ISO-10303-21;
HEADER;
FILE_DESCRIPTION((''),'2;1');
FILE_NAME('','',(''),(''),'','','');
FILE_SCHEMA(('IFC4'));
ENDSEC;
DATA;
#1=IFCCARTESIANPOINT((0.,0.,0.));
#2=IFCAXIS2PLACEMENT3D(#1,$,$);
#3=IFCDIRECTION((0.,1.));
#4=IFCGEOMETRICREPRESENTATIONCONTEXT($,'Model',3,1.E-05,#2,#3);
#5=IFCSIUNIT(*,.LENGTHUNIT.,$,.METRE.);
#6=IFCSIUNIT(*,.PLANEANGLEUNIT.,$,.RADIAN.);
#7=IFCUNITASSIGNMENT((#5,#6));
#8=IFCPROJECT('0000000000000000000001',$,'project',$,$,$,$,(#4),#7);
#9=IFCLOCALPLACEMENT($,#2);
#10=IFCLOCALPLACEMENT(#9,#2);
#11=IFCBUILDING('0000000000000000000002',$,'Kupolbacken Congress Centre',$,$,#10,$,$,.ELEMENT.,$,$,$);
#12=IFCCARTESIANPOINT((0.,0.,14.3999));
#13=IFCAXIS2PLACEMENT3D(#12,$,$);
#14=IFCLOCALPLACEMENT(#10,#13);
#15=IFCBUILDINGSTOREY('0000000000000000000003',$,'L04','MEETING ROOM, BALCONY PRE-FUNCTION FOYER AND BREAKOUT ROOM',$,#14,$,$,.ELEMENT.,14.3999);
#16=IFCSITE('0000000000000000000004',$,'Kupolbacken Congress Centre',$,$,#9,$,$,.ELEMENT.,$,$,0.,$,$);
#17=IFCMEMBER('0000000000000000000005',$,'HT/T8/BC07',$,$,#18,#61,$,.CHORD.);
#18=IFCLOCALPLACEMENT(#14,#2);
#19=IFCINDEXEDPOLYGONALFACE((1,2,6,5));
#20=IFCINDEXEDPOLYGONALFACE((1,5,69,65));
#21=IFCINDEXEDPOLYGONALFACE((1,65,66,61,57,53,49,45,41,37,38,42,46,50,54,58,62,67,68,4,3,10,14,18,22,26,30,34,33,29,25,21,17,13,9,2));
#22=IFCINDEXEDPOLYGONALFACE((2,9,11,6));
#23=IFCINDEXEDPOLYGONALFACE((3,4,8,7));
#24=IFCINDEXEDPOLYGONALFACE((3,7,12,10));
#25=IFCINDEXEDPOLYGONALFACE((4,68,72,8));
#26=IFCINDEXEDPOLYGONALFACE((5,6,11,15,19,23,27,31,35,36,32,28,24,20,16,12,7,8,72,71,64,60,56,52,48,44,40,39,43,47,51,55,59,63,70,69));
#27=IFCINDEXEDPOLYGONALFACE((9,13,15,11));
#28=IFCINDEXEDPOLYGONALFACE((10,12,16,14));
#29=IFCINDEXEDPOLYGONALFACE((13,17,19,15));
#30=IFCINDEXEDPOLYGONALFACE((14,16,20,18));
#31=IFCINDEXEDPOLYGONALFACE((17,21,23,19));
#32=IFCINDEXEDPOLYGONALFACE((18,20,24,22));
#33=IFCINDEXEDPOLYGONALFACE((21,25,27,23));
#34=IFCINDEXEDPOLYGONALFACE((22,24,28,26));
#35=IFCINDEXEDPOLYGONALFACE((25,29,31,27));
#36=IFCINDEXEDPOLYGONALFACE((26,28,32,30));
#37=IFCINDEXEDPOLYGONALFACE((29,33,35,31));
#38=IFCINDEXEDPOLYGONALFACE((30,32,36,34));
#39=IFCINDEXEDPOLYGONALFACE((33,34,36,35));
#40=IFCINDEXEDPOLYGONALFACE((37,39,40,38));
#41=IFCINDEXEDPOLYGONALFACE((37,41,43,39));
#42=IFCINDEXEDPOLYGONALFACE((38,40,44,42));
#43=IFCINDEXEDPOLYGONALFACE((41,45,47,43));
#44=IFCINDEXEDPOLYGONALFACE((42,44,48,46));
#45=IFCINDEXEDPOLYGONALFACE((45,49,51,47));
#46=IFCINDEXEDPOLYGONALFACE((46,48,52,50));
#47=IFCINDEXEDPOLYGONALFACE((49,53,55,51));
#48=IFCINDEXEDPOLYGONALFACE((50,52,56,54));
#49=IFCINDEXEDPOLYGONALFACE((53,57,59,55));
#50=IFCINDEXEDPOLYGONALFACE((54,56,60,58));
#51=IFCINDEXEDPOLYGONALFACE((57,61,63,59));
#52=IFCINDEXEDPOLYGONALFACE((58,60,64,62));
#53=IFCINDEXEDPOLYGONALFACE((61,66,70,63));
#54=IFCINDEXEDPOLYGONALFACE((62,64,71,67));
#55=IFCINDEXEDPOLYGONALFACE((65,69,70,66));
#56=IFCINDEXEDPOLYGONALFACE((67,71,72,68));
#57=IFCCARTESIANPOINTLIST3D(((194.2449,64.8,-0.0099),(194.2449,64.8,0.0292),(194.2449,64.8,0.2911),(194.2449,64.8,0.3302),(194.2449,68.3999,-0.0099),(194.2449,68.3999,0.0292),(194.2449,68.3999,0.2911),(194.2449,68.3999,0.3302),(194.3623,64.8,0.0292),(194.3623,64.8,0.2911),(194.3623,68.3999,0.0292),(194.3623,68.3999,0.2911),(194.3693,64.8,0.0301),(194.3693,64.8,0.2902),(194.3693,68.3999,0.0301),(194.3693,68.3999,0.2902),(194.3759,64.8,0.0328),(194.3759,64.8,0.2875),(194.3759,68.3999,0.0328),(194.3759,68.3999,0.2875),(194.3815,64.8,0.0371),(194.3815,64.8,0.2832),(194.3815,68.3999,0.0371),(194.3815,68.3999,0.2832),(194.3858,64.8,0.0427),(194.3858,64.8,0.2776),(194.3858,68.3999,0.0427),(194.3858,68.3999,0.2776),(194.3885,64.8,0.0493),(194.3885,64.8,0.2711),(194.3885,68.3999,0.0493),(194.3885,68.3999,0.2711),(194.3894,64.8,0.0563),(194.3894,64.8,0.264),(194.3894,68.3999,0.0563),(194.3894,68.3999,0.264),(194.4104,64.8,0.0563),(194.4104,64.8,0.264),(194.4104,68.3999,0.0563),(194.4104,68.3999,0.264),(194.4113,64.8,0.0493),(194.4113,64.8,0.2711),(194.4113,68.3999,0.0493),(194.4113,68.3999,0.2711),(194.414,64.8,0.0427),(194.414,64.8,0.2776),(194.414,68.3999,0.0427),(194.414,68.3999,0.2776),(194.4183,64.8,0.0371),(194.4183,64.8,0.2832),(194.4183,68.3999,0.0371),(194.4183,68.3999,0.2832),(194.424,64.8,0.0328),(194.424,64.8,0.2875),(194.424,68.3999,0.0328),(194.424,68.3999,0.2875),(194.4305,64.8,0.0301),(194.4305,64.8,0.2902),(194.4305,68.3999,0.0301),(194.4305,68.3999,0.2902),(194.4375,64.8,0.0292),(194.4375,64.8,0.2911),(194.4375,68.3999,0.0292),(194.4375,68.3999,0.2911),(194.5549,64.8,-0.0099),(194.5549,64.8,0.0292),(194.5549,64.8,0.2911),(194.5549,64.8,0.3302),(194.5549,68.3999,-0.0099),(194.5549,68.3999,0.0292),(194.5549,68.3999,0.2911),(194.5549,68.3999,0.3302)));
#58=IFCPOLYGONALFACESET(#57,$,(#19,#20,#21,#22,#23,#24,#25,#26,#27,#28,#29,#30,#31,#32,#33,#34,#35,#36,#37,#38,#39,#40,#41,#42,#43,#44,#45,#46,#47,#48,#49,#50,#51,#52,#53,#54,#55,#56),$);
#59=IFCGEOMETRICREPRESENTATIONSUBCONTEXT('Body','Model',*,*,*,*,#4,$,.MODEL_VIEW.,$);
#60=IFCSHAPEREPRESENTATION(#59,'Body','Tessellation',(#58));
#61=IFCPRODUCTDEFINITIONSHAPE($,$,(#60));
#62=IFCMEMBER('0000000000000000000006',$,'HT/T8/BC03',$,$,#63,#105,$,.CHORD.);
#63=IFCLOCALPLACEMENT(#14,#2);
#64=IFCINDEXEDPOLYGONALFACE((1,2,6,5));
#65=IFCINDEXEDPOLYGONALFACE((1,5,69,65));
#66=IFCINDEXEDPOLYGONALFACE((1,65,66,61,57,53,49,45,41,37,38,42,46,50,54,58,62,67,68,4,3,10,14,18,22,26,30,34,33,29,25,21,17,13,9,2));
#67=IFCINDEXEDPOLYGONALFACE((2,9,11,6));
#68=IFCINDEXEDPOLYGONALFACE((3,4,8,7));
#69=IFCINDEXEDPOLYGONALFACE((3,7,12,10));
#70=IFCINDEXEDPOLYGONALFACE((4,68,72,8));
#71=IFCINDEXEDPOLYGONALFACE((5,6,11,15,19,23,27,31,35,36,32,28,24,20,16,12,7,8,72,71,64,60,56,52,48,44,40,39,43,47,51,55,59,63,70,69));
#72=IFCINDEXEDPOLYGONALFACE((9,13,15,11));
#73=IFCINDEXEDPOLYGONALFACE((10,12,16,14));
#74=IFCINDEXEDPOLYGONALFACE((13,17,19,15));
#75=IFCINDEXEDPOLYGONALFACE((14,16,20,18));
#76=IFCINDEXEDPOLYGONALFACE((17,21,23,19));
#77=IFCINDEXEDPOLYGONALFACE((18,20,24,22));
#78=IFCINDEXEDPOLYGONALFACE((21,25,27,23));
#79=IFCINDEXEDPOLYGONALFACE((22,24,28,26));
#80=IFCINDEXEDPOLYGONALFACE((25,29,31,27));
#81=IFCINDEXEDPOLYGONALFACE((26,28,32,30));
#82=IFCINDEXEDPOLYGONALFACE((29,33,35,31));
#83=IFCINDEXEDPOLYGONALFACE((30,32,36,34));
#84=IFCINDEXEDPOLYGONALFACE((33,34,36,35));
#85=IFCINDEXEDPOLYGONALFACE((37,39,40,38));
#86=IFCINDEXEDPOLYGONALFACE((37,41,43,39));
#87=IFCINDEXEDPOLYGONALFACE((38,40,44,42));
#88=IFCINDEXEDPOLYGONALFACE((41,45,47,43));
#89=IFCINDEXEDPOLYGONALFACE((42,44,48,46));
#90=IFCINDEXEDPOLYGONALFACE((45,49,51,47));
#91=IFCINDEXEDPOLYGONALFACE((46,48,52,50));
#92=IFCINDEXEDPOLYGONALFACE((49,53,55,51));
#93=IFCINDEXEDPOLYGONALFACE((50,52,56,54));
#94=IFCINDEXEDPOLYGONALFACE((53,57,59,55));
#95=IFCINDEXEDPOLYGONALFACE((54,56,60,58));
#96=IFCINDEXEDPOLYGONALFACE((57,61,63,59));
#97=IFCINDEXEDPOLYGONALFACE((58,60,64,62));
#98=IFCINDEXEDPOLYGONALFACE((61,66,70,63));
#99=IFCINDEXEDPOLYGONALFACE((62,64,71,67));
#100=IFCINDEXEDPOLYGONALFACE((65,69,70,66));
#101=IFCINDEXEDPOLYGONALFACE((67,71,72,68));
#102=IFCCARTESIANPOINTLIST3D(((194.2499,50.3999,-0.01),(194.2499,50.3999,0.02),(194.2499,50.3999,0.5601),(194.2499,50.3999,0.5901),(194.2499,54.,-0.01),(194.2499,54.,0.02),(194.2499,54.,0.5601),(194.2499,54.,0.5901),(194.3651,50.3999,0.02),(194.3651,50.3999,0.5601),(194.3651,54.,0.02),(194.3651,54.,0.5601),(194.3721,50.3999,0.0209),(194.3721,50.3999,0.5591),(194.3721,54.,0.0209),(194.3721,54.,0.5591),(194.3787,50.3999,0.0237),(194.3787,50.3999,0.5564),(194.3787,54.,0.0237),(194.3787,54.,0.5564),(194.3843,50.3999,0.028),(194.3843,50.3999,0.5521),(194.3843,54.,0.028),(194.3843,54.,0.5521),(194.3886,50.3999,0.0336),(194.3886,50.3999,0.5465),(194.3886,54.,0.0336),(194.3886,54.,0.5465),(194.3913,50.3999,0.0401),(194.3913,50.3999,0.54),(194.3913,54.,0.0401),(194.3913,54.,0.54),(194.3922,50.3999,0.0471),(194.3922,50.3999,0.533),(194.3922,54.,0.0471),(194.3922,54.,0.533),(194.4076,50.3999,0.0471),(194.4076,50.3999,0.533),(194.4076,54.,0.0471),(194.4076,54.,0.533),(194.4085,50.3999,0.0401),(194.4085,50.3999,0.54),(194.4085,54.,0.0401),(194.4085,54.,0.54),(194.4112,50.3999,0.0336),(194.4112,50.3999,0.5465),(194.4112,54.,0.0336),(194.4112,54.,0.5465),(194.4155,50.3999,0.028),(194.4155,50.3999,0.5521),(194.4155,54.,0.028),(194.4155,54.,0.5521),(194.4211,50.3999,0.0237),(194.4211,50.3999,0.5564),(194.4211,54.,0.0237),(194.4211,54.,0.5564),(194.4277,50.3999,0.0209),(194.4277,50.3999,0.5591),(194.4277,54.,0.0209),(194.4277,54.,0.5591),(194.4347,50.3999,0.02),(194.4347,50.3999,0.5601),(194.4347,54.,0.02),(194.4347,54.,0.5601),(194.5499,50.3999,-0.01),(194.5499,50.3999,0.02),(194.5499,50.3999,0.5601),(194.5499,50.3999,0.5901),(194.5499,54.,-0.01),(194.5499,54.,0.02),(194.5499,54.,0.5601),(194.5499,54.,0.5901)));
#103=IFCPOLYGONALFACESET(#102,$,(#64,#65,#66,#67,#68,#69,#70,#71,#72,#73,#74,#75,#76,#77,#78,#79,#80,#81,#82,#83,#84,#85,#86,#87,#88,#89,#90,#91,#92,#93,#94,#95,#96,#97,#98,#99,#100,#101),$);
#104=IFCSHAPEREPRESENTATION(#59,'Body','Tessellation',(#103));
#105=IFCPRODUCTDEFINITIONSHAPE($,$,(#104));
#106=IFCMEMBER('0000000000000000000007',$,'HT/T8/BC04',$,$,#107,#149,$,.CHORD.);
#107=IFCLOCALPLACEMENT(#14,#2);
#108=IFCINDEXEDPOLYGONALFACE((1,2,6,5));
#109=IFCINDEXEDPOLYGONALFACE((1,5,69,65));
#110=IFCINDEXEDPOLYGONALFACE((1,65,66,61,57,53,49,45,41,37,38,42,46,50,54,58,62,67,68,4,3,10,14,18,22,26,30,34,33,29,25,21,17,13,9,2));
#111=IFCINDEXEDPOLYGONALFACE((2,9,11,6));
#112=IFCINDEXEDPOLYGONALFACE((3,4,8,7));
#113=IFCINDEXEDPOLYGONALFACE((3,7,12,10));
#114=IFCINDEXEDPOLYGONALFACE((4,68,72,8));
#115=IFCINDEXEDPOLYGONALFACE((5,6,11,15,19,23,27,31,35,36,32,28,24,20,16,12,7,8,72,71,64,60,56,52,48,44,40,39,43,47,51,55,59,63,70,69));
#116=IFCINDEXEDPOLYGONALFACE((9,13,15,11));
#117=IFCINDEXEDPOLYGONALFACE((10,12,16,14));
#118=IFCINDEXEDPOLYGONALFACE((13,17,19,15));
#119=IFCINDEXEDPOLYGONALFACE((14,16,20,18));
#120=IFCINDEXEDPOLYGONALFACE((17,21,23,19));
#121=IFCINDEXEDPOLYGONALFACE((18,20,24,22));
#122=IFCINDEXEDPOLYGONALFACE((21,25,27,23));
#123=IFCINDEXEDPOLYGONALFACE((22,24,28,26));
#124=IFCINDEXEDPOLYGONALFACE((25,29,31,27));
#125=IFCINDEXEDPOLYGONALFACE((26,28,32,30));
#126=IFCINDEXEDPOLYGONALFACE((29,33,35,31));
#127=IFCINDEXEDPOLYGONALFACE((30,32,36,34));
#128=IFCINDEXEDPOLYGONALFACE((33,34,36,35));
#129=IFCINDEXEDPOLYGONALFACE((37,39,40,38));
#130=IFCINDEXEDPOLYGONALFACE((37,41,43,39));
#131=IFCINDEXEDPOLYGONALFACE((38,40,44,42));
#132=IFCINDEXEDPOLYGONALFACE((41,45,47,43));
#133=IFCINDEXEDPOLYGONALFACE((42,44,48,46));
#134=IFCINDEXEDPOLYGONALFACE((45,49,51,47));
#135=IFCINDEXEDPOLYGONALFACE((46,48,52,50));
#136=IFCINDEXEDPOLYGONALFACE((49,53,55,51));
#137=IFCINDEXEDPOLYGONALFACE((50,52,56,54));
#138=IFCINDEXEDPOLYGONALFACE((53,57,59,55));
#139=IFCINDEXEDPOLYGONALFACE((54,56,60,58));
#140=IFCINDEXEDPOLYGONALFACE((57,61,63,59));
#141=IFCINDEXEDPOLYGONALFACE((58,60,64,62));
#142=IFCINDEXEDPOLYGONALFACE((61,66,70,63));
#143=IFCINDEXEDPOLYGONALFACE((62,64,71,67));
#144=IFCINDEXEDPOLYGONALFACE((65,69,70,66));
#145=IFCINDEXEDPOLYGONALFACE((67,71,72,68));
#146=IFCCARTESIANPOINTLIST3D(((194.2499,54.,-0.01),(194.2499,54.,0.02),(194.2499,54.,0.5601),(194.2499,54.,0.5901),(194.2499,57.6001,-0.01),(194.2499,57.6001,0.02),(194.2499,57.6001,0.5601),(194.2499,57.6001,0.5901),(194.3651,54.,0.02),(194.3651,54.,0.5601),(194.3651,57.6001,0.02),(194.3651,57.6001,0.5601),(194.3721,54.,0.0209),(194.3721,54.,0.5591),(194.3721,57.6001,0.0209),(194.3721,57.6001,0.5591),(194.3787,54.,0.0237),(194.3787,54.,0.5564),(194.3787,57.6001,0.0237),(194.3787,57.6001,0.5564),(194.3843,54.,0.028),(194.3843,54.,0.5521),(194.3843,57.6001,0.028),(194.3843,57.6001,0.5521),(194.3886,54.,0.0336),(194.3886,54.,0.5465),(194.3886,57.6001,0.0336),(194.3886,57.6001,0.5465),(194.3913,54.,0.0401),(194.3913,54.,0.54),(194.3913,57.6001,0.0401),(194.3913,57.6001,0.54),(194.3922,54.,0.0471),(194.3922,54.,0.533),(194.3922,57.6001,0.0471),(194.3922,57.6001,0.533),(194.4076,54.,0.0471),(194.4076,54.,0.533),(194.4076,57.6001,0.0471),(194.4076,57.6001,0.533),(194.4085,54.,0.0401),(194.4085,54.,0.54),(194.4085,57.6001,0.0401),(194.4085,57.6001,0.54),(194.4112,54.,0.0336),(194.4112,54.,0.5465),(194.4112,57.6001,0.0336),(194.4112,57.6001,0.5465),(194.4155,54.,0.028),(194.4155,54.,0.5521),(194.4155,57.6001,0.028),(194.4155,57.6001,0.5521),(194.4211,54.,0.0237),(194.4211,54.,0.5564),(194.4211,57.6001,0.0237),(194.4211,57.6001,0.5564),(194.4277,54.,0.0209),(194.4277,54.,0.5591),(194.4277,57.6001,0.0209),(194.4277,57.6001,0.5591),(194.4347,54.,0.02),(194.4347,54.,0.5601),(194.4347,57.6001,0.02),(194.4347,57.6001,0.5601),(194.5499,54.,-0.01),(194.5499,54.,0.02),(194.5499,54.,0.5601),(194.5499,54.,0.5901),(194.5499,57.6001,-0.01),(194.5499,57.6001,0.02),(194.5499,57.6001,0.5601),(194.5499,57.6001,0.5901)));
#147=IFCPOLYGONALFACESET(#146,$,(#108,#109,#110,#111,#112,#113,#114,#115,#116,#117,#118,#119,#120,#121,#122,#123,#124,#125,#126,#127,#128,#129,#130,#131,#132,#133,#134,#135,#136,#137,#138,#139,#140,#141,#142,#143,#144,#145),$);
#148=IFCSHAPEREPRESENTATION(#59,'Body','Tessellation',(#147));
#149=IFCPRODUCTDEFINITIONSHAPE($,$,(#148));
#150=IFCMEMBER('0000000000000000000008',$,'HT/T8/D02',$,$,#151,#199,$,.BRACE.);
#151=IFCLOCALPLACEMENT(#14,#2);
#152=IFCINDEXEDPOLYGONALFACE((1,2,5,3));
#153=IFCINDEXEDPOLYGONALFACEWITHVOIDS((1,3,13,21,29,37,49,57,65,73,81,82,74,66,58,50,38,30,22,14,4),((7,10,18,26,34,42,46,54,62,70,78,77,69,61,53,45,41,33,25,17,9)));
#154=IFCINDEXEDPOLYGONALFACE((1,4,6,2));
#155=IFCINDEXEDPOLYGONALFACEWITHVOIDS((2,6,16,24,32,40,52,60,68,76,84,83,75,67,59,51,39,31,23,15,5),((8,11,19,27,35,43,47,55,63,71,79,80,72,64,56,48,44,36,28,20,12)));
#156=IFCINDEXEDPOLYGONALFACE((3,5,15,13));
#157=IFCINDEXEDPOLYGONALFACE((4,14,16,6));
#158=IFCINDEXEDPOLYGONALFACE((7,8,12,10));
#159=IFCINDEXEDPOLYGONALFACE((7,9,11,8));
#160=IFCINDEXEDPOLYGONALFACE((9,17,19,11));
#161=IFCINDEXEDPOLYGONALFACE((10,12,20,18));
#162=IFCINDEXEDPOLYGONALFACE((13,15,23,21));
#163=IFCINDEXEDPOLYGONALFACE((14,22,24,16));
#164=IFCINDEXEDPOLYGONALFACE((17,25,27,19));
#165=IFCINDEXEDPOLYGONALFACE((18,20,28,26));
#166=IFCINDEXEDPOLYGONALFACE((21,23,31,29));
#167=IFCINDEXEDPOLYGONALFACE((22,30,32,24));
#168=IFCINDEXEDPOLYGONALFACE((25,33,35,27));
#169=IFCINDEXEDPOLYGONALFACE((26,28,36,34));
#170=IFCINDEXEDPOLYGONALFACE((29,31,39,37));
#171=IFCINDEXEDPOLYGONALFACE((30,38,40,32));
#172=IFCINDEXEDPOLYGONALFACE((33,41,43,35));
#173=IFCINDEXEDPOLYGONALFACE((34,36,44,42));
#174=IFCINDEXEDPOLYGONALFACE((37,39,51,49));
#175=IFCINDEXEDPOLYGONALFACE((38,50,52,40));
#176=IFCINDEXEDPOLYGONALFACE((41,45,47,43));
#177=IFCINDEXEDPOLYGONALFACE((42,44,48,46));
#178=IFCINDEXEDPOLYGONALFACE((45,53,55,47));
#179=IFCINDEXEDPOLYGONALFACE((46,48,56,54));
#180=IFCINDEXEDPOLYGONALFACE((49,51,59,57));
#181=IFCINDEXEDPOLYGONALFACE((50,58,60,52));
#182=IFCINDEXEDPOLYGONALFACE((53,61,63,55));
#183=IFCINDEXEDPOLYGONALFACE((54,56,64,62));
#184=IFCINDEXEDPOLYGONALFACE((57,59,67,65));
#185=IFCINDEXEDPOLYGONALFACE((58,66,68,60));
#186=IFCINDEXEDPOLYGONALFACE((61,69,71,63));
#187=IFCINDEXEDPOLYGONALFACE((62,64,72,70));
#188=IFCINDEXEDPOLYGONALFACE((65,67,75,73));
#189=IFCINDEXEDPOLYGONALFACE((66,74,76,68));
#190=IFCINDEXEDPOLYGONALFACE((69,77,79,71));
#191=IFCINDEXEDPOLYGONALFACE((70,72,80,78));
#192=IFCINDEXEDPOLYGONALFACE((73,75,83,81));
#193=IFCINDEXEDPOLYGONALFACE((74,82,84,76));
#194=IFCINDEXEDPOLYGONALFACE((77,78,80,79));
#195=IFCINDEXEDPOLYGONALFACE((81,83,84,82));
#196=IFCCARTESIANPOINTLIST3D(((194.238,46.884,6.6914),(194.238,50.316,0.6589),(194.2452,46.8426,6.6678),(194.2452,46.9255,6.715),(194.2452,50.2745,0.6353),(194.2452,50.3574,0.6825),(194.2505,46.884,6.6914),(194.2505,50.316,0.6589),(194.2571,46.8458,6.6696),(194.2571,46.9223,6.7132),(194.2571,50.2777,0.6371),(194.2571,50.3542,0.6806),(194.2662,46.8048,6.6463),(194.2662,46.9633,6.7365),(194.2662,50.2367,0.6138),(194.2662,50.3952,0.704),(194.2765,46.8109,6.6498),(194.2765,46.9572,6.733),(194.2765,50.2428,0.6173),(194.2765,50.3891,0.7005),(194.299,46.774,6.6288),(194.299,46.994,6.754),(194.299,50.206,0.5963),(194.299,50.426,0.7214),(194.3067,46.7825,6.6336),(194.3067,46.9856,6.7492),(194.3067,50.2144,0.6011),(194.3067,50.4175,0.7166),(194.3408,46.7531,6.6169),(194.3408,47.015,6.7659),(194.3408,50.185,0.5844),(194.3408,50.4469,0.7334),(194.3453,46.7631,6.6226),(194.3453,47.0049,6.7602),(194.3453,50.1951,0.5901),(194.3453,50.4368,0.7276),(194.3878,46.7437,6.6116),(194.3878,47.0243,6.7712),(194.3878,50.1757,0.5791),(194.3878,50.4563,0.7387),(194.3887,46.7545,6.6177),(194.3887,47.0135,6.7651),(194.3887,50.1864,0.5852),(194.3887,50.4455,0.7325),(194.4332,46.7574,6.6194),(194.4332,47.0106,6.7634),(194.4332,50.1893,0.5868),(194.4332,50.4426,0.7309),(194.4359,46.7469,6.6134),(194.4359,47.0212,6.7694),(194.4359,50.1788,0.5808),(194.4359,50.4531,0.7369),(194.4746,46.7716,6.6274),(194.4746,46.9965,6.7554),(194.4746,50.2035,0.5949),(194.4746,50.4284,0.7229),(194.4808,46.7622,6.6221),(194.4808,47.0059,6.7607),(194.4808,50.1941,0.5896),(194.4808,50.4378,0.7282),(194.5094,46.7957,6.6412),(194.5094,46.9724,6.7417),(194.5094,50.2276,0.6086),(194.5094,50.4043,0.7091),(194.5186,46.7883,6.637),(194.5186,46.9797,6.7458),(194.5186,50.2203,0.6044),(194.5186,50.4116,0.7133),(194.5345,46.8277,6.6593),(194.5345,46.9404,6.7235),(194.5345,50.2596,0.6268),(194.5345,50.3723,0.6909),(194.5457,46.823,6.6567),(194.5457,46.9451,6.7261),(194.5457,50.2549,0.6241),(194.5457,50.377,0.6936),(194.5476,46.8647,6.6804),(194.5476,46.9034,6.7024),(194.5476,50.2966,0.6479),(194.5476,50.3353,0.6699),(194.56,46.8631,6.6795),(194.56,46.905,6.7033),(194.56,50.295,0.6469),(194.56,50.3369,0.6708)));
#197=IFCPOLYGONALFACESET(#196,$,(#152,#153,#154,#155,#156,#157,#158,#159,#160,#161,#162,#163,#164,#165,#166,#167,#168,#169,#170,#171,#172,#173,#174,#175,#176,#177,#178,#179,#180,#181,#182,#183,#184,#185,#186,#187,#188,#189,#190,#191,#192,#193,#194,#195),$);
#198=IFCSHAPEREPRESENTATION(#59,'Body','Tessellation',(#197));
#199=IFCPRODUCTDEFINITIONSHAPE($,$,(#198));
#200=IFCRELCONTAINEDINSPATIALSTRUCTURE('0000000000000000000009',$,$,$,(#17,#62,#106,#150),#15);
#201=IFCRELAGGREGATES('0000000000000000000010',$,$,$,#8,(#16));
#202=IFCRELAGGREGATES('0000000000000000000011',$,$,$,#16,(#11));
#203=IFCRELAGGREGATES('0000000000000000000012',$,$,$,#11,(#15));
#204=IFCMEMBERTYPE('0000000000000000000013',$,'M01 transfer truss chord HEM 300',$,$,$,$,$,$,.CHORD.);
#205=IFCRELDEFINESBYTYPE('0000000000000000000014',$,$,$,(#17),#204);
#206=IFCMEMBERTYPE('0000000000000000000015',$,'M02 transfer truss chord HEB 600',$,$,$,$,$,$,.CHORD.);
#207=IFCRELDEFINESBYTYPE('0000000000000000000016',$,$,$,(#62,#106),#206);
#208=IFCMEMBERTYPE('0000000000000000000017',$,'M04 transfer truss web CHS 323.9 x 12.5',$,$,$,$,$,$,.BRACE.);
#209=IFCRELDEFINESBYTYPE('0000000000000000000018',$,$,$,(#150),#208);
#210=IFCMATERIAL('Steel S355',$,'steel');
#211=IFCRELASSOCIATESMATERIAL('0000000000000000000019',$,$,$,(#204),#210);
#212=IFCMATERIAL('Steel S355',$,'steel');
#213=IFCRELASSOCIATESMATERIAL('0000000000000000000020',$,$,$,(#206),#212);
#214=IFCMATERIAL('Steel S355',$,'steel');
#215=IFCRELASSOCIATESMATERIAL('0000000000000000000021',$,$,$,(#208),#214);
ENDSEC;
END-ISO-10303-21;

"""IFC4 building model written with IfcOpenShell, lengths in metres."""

from ifc_helpers import new_model, si_unit, direction, frame, origin, origin_2d, place, context, subcontext, project, spatial, hollow_circle, i_section, extrude, material, material_profile, profile_set, type_object, element, save


model = new_model("IFC4")

# Units and contexts
model_context = context("Model", 3, precision=1e-05, world=origin(), true_north=direction((0.0, 1.0)))
body_context = subcontext(model_context, "Body", "Model", "MODEL_VIEW")
ifc_project = project(units=[si_unit("LENGTHUNIT", "METRE"), si_unit("PLANEANGLEUNIT", "RADIAN")], contexts=[model_context])

# Site, building, storey
site_placement = place(None, origin())
site = spatial("IfcSite", under=ifc_project, at=site_placement, Name="Kupolbacken Congress Centre", CompositionType="ELEMENT", RefElevation=0.0)
building_placement = place(site_placement, origin())
building = spatial("IfcBuilding", under=site, at=building_placement, Name="Kupolbacken Congress Centre", CompositionType="ELEMENT")
storey_placement = place(building_placement, frame((0.0, 0.0, 14.3999)))
storey = spatial("IfcBuildingStorey", under=building, at=storey_placement, Name="L04", Description="MEETING ROOM, BALCONY PRE-FUNCTION FOYER AND BREAKOUT ROOM", CompositionType="ELEMENT", Elevation=14.3999)

# Members
ifc_material_1 = material(Name="Steel S355", Category="steel")
ifc_material_profile_1 = material_profile(ifc_material_1, i_section(OverallWidth=0.3101, OverallDepth=0.3401, WebThickness=0.021, FlangeThickness=0.0391, FilletRadius=0.0271, at=origin_2d()), Name="HEM 300")
ifc_profile_set_1 = profile_set([ifc_material_profile_1], Name="Steel S355")
member_type_1 = type_object("IfcMemberType", Name="M01 transfer truss chord HEM 300", PredefinedType="CHORD", material=ifc_profile_set_1)
member_1_placement = place(storey_placement, frame((194.3999, 64.8, 0.1602), z_axis=(0.0, 1.0, 0.0), x_axis=(-1.0, 0.0, 0.0)))
element("IfcMember", 1, at=member_1_placement, inside=storey, type_object=member_type_1, Name="HT/T8/BC07", PredefinedType="CHORD", context=body_context, shape_type="SweptSolid", body=[
    extrude(i_section(OverallWidth=0.3101, OverallDepth=0.3401, WebThickness=0.021, FlangeThickness=0.0391, FilletRadius=0.0271, at=origin_2d()), origin(), (0.0, 0.0, 1.0), 3.5999),
])
ifc_material_2 = material(Name="Steel S355", Category="steel")
ifc_material_profile_2 = material_profile(ifc_material_2, i_section(OverallWidth=0.3, OverallDepth=0.6001, WebThickness=0.0154, FlangeThickness=0.03, FilletRadius=0.0271, at=origin_2d()), Name="HEB 600")
ifc_profile_set_2 = profile_set([ifc_material_profile_2], Name="Steel S355")
member_type_2 = type_object("IfcMemberType", Name="M02 transfer truss chord HEB 600", PredefinedType="CHORD", material=ifc_profile_set_2)
for number, where, z_axis, x_axis, name in (
    (2, (194.3999, 50.3999, 0.29), (0.0, 1.0, 0.0), (-1.0, 0.0, 0.0), "HT/T8/BC03"),
    (3, (194.3999, 54.0, 0.29), (0.0, 1.0, 0.0), (-1.0, 0.0, 0.0), "HT/T8/BC04"),
):
    element("IfcMember", number, at=place(storey_placement, frame(where, z_axis=z_axis, x_axis=x_axis)), inside=storey, type_object=member_type_2, Name=name, PredefinedType="CHORD", context=body_context, shape_type="SweptSolid", body=[
        extrude(i_section(OverallWidth=0.3, OverallDepth=0.6001, WebThickness=0.0154, FlangeThickness=0.03, FilletRadius=0.0271, at=origin_2d()), origin(), (0.0, 0.0, 1.0), 3.6001),
    ])
ifc_material_3 = material(Name="Steel S355", Category="steel")
ifc_material_profile_3 = material_profile(ifc_material_3, hollow_circle(Radius=0.1619, WallThickness=0.0125, at=origin_2d()), Name="CHS 323.9 x 12.5")
ifc_profile_set_3 = profile_set([ifc_material_profile_3], Name="Steel S355")
member_type_3 = type_object("IfcMemberType", Name="M04 transfer truss web CHS 323.9 x 12.5", PredefinedType="BRACE", material=ifc_profile_set_3)
member_2_placement = place(storey_placement, frame((194.3999, 46.884, 6.6914), z_axis=(0.0, 0.494483, -0.869188), x_axis=(-1.0, 0.0, 0.0)))
element("IfcMember", 4, at=member_2_placement, inside=storey, type_object=member_type_3, Name="HT/T8/D02", PredefinedType="BRACE", context=body_context, shape_type="SweptSolid", body=[
    extrude(hollow_circle(Radius=0.1619, WallThickness=0.0125, at=origin_2d()), origin(), (0.0, 0.0, 1.0), 6.9404),
])

save(model, "model.ifc")
